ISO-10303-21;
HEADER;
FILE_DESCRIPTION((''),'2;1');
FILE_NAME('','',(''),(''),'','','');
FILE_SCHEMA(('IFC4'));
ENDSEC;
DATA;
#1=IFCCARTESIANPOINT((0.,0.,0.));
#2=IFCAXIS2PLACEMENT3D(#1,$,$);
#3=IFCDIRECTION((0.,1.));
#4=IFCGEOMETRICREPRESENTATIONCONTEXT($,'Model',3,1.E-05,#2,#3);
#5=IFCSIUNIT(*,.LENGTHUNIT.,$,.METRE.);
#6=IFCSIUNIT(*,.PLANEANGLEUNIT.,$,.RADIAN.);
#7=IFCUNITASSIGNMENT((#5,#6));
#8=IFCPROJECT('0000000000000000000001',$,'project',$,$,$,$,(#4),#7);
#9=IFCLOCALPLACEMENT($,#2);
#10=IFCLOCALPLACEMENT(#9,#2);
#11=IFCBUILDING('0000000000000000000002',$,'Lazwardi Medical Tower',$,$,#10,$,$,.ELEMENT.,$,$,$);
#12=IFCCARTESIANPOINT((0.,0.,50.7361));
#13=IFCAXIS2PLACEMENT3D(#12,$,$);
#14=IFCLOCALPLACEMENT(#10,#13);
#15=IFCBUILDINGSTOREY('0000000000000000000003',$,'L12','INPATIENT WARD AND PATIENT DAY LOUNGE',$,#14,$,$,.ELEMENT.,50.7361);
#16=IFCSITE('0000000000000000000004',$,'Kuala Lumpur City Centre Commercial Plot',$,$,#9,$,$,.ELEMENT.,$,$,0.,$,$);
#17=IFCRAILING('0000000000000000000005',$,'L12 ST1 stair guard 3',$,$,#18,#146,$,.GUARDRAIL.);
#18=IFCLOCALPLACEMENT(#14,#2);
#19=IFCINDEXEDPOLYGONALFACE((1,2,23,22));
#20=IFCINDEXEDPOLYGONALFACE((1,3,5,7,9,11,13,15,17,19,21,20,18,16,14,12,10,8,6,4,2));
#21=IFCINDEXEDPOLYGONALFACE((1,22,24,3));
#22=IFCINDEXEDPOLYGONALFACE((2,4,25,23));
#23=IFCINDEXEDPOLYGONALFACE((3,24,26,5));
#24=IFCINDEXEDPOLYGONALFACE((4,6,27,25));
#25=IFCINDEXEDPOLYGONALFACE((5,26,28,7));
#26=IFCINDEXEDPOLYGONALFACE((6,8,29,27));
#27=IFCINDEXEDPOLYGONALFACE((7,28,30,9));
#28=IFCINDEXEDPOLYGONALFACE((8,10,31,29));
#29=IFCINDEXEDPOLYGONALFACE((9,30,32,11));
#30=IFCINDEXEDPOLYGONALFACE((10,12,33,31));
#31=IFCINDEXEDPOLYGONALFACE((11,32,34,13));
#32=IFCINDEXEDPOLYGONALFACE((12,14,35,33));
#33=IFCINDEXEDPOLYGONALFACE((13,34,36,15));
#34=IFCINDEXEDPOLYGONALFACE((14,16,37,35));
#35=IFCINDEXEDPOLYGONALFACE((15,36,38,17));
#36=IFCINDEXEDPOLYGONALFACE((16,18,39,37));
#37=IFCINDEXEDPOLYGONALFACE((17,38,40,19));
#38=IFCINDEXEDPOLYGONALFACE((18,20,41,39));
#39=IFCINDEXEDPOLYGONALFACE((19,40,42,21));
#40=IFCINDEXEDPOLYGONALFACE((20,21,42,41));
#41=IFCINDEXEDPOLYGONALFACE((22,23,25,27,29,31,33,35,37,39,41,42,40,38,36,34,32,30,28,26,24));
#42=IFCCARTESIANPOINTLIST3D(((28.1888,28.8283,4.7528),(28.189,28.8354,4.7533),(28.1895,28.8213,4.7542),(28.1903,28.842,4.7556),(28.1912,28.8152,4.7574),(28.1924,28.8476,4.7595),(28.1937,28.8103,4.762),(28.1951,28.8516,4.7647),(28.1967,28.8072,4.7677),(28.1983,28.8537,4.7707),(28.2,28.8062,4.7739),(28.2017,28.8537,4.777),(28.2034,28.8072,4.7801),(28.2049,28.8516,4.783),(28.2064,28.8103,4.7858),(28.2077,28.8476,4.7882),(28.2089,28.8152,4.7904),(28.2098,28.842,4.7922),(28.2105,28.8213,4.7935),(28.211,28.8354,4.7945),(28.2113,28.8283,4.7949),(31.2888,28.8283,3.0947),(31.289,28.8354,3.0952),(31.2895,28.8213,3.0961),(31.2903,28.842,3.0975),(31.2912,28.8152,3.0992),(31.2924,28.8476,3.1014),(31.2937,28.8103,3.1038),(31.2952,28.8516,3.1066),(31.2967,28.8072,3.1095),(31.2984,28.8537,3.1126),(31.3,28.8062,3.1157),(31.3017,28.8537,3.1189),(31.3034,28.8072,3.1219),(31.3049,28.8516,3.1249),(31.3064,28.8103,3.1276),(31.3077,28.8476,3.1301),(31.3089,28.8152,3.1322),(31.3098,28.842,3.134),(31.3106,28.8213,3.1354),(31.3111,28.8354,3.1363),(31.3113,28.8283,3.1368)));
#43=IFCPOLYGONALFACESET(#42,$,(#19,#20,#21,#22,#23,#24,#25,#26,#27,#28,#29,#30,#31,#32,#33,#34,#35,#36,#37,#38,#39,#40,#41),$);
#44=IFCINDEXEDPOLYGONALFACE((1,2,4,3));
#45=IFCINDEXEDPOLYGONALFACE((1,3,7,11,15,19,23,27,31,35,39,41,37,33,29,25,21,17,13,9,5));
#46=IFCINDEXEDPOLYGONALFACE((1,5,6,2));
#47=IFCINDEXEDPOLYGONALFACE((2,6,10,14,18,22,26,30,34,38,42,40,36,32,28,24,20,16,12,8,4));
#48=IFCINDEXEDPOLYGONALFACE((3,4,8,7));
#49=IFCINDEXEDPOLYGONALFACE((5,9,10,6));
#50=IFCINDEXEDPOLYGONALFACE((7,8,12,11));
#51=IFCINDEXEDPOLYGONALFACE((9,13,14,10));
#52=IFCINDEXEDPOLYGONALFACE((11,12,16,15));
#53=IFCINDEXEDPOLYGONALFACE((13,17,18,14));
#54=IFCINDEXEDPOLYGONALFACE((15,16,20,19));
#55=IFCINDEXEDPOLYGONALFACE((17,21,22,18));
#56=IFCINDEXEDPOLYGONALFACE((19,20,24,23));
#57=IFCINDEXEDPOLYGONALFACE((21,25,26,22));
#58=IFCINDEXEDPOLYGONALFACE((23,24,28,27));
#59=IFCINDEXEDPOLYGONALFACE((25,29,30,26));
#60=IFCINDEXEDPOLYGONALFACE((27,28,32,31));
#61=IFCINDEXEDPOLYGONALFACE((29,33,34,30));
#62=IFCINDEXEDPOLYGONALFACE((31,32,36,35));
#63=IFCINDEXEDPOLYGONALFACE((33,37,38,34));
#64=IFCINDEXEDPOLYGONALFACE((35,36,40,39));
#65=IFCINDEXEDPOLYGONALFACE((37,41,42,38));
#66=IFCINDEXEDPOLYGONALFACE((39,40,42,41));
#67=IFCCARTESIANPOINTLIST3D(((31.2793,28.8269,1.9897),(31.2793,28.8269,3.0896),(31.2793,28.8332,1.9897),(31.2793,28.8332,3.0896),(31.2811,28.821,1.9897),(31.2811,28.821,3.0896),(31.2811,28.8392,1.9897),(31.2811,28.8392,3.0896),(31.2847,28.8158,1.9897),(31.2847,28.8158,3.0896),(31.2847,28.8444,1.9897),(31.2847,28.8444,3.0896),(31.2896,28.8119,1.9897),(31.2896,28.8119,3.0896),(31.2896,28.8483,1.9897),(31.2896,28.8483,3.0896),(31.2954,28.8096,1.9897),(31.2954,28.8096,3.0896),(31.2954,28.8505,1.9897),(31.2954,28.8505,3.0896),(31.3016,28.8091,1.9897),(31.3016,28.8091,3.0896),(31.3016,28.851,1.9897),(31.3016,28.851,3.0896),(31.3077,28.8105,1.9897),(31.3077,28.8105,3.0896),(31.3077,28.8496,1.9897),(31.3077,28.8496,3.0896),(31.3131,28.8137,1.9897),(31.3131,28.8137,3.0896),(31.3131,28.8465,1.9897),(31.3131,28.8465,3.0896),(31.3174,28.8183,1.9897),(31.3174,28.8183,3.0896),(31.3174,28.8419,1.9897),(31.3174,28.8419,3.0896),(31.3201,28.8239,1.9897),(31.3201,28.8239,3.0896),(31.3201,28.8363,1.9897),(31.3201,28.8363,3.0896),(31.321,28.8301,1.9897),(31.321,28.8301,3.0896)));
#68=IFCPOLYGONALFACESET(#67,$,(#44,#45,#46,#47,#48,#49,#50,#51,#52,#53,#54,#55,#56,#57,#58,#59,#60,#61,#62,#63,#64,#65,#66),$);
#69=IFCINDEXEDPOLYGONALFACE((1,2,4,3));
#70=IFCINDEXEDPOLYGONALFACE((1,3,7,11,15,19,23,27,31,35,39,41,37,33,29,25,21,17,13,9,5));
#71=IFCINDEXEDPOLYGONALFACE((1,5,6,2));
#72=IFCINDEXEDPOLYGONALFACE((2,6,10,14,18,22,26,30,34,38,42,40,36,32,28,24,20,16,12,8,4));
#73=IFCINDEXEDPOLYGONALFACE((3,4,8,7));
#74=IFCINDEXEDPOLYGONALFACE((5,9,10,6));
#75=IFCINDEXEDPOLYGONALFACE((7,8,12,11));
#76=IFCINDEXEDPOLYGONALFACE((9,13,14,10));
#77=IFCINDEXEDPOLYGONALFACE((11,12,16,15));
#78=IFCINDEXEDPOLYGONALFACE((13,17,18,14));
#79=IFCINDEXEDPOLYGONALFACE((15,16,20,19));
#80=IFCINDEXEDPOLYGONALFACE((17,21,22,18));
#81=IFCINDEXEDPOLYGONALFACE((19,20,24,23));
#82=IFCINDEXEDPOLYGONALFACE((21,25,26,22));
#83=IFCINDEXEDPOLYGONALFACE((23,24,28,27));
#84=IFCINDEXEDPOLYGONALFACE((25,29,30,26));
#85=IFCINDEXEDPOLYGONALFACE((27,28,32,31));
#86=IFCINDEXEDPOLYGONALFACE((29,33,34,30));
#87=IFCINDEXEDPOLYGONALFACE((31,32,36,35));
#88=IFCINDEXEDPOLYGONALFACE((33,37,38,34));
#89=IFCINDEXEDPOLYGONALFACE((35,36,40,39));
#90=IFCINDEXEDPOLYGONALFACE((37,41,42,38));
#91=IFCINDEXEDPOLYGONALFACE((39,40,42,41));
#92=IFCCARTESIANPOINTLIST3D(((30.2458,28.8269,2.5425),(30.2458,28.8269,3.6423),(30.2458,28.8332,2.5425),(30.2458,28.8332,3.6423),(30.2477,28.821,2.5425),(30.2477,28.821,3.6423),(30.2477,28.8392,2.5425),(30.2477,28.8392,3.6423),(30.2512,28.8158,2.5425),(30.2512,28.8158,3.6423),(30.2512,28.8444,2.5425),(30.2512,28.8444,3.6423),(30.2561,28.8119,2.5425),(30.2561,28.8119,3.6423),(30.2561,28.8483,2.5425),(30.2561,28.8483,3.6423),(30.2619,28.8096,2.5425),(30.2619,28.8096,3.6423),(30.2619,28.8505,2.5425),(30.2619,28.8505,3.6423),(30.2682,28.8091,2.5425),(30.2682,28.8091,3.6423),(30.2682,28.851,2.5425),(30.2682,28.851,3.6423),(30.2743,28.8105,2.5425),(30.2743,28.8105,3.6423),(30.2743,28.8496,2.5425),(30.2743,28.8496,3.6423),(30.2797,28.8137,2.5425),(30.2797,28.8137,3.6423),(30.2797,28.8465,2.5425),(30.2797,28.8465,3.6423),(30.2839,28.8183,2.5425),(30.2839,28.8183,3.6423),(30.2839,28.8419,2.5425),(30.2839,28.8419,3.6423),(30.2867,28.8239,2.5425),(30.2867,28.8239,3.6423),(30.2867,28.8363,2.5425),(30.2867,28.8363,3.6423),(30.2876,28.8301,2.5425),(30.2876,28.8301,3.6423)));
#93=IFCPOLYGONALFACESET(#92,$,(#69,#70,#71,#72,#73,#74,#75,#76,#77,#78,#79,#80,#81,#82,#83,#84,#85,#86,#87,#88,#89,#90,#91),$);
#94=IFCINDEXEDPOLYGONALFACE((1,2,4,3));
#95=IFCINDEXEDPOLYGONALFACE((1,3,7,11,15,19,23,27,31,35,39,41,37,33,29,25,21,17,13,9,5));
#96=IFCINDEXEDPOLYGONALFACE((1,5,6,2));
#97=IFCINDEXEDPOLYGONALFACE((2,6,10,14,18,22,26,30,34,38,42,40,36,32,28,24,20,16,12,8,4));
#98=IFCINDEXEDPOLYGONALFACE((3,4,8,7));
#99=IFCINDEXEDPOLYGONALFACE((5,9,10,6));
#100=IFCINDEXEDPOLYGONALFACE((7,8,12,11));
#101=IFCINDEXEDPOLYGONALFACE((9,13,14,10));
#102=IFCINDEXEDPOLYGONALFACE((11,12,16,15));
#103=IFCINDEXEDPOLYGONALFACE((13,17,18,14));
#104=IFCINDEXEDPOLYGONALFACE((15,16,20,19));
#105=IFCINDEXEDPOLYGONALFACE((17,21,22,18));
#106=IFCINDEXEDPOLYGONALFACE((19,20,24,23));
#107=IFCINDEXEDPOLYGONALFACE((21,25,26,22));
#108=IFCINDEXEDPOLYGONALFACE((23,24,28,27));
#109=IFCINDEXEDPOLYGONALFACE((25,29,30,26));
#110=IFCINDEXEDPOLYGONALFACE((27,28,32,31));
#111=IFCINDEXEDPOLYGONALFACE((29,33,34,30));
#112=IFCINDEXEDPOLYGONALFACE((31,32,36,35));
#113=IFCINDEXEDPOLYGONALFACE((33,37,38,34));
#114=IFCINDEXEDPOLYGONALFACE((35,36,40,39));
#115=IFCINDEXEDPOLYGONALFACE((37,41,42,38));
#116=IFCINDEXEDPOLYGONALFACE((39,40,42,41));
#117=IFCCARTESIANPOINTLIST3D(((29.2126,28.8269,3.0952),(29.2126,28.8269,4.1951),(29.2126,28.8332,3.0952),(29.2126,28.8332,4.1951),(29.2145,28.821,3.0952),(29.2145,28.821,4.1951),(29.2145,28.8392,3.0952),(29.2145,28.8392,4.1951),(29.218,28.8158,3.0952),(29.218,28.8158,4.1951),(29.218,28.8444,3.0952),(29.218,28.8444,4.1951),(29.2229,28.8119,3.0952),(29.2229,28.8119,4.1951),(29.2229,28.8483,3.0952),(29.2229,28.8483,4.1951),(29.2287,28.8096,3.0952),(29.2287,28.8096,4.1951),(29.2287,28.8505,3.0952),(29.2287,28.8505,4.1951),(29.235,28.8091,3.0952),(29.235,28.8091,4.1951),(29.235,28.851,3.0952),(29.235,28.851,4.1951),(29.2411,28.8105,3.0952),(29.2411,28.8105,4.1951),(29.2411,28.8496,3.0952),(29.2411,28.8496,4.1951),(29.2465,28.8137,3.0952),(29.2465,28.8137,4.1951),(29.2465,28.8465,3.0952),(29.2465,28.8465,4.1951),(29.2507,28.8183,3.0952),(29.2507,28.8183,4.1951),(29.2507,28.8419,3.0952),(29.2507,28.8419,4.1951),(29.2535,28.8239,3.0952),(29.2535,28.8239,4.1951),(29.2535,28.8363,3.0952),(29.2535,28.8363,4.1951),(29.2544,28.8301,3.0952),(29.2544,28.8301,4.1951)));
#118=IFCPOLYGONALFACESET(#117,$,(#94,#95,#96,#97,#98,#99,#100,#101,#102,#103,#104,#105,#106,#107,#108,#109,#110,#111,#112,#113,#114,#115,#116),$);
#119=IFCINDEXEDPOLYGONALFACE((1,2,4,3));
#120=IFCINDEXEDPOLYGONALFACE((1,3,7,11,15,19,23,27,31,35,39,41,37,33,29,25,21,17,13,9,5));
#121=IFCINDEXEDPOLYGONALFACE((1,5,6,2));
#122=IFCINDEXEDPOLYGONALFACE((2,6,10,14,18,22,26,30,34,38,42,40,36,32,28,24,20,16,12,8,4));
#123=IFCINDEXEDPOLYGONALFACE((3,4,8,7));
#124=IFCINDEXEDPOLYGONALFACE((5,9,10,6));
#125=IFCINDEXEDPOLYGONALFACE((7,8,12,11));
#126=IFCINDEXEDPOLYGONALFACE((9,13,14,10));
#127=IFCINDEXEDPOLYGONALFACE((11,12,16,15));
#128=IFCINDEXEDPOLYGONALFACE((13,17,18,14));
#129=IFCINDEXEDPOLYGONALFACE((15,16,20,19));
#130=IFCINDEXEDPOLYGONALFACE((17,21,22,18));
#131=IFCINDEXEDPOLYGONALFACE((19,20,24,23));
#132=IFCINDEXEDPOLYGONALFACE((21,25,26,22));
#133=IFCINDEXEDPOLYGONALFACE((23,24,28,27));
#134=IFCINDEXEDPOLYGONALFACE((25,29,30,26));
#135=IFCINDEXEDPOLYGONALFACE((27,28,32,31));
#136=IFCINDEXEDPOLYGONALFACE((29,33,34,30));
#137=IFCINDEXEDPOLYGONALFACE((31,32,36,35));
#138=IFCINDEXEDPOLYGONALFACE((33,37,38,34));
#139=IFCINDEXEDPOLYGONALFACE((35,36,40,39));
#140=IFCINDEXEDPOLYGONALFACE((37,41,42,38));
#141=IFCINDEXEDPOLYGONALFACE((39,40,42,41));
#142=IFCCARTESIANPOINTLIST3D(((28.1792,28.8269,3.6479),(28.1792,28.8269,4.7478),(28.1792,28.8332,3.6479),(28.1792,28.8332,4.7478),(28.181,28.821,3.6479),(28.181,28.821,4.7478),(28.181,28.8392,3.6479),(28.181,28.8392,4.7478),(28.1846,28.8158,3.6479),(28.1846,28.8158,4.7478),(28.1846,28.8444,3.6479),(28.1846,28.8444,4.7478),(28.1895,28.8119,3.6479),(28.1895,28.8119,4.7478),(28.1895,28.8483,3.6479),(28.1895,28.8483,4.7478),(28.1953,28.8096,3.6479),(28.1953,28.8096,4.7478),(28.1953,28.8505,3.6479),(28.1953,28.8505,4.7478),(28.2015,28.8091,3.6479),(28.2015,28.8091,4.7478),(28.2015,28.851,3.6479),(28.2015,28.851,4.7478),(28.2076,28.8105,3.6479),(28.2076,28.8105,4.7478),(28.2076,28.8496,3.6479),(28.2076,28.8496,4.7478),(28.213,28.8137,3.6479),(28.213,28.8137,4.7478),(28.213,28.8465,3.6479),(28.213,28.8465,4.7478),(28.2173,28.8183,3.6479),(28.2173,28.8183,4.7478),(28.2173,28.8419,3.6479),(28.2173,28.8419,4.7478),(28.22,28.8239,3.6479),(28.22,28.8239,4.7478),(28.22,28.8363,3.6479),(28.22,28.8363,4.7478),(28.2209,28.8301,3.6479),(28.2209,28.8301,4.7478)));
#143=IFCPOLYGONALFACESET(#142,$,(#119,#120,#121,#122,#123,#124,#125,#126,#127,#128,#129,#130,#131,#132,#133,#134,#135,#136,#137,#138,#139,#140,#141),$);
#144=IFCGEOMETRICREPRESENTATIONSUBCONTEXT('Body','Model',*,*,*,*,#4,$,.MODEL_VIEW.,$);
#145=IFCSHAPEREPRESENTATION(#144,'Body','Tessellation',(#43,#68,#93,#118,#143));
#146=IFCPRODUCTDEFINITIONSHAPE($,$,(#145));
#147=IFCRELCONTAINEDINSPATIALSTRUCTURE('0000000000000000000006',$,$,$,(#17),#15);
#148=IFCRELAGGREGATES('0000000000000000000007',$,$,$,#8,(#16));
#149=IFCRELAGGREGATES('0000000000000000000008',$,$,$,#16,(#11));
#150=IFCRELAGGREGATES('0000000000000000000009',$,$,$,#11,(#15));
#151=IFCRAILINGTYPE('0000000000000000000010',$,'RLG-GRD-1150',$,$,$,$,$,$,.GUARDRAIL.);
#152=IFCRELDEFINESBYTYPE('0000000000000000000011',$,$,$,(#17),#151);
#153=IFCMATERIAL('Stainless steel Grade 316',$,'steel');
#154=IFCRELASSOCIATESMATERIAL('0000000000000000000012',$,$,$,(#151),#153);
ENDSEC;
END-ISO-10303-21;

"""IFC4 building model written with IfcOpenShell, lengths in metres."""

from ifc_helpers import new_model, si_unit, direction, frame, origin, origin_2d, place, context, subcontext, project, spatial, circle, extrude, material, type_object, element, save


model = new_model("IFC4")

# Units and contexts
model_context = context("Model", 3, precision=1e-05, world=origin(), true_north=direction((0.0, 1.0)))
body_context = subcontext(model_context, "Body", "Model", "MODEL_VIEW")
ifc_project = project(units=[si_unit("LENGTHUNIT", "METRE"), si_unit("PLANEANGLEUNIT", "RADIAN")], contexts=[model_context])

# Site, building, storey
site_placement = place(None, origin())
site = spatial("IfcSite", under=ifc_project, at=site_placement, Name="Kuala Lumpur City Centre Commercial Plot", CompositionType="ELEMENT", RefElevation=0.0)
building_placement = place(site_placement, origin())
building = spatial("IfcBuilding", under=site, at=building_placement, Name="Lazwardi Medical Tower", CompositionType="ELEMENT")
storey_placement = place(building_placement, frame((0.0, 0.0, 50.7361)))
storey = spatial("IfcBuildingStorey", under=building, at=storey_placement, Name="L12", Description="INPATIENT WARD AND PATIENT DAY LOUNGE", CompositionType="ELEMENT", Elevation=50.7361)

# Railing
ifc_material_1 = material(Name="Stainless steel Grade 316", Category="steel")
railing_type_1 = type_object("IfcRailingType", Name="RLG-GRD-1150", PredefinedType="GUARDRAIL", material=ifc_material_1)
railing_1_placement = place(storey_placement, frame((31.3, 28.8301, 1.9897)))
element("IfcRailing", 1, at=railing_1_placement, inside=storey, type_object=railing_type_1, Name="L12 ST1 stair guard 3", PredefinedType="GUARDRAIL", context=body_context, shape_type="SweptSolid", body=[
    extrude(circle(Radius=0.0239, at=origin_2d()), frame((0.0, 0.0, 1.126), z_axis=(-0.881783, 0.0, 0.471655), x_axis=(0.0, -1.0, 0.0)), (0.0, 0.0, 1.0), 3.5156),
    extrude(circle(Radius=0.021, at=origin_2d()), origin(), (0.0, 0.0, 1.0), 1.0999),
    extrude(circle(Radius=0.021, at=origin_2d()), frame((-1.0334, 0.0, 0.5527)), (0.0, 0.0, 1.0), 1.0999),
    extrude(circle(Radius=0.021, at=origin_2d()), frame((-2.0667, 0.0, 1.1055)), (0.0, 0.0, 1.0), 1.0999),
    extrude(circle(Radius=0.021, at=origin_2d()), frame((-3.1001, 0.0, 1.6582)), (0.0, 0.0, 1.0), 1.0999),
])

save(model, "model.ifc")
